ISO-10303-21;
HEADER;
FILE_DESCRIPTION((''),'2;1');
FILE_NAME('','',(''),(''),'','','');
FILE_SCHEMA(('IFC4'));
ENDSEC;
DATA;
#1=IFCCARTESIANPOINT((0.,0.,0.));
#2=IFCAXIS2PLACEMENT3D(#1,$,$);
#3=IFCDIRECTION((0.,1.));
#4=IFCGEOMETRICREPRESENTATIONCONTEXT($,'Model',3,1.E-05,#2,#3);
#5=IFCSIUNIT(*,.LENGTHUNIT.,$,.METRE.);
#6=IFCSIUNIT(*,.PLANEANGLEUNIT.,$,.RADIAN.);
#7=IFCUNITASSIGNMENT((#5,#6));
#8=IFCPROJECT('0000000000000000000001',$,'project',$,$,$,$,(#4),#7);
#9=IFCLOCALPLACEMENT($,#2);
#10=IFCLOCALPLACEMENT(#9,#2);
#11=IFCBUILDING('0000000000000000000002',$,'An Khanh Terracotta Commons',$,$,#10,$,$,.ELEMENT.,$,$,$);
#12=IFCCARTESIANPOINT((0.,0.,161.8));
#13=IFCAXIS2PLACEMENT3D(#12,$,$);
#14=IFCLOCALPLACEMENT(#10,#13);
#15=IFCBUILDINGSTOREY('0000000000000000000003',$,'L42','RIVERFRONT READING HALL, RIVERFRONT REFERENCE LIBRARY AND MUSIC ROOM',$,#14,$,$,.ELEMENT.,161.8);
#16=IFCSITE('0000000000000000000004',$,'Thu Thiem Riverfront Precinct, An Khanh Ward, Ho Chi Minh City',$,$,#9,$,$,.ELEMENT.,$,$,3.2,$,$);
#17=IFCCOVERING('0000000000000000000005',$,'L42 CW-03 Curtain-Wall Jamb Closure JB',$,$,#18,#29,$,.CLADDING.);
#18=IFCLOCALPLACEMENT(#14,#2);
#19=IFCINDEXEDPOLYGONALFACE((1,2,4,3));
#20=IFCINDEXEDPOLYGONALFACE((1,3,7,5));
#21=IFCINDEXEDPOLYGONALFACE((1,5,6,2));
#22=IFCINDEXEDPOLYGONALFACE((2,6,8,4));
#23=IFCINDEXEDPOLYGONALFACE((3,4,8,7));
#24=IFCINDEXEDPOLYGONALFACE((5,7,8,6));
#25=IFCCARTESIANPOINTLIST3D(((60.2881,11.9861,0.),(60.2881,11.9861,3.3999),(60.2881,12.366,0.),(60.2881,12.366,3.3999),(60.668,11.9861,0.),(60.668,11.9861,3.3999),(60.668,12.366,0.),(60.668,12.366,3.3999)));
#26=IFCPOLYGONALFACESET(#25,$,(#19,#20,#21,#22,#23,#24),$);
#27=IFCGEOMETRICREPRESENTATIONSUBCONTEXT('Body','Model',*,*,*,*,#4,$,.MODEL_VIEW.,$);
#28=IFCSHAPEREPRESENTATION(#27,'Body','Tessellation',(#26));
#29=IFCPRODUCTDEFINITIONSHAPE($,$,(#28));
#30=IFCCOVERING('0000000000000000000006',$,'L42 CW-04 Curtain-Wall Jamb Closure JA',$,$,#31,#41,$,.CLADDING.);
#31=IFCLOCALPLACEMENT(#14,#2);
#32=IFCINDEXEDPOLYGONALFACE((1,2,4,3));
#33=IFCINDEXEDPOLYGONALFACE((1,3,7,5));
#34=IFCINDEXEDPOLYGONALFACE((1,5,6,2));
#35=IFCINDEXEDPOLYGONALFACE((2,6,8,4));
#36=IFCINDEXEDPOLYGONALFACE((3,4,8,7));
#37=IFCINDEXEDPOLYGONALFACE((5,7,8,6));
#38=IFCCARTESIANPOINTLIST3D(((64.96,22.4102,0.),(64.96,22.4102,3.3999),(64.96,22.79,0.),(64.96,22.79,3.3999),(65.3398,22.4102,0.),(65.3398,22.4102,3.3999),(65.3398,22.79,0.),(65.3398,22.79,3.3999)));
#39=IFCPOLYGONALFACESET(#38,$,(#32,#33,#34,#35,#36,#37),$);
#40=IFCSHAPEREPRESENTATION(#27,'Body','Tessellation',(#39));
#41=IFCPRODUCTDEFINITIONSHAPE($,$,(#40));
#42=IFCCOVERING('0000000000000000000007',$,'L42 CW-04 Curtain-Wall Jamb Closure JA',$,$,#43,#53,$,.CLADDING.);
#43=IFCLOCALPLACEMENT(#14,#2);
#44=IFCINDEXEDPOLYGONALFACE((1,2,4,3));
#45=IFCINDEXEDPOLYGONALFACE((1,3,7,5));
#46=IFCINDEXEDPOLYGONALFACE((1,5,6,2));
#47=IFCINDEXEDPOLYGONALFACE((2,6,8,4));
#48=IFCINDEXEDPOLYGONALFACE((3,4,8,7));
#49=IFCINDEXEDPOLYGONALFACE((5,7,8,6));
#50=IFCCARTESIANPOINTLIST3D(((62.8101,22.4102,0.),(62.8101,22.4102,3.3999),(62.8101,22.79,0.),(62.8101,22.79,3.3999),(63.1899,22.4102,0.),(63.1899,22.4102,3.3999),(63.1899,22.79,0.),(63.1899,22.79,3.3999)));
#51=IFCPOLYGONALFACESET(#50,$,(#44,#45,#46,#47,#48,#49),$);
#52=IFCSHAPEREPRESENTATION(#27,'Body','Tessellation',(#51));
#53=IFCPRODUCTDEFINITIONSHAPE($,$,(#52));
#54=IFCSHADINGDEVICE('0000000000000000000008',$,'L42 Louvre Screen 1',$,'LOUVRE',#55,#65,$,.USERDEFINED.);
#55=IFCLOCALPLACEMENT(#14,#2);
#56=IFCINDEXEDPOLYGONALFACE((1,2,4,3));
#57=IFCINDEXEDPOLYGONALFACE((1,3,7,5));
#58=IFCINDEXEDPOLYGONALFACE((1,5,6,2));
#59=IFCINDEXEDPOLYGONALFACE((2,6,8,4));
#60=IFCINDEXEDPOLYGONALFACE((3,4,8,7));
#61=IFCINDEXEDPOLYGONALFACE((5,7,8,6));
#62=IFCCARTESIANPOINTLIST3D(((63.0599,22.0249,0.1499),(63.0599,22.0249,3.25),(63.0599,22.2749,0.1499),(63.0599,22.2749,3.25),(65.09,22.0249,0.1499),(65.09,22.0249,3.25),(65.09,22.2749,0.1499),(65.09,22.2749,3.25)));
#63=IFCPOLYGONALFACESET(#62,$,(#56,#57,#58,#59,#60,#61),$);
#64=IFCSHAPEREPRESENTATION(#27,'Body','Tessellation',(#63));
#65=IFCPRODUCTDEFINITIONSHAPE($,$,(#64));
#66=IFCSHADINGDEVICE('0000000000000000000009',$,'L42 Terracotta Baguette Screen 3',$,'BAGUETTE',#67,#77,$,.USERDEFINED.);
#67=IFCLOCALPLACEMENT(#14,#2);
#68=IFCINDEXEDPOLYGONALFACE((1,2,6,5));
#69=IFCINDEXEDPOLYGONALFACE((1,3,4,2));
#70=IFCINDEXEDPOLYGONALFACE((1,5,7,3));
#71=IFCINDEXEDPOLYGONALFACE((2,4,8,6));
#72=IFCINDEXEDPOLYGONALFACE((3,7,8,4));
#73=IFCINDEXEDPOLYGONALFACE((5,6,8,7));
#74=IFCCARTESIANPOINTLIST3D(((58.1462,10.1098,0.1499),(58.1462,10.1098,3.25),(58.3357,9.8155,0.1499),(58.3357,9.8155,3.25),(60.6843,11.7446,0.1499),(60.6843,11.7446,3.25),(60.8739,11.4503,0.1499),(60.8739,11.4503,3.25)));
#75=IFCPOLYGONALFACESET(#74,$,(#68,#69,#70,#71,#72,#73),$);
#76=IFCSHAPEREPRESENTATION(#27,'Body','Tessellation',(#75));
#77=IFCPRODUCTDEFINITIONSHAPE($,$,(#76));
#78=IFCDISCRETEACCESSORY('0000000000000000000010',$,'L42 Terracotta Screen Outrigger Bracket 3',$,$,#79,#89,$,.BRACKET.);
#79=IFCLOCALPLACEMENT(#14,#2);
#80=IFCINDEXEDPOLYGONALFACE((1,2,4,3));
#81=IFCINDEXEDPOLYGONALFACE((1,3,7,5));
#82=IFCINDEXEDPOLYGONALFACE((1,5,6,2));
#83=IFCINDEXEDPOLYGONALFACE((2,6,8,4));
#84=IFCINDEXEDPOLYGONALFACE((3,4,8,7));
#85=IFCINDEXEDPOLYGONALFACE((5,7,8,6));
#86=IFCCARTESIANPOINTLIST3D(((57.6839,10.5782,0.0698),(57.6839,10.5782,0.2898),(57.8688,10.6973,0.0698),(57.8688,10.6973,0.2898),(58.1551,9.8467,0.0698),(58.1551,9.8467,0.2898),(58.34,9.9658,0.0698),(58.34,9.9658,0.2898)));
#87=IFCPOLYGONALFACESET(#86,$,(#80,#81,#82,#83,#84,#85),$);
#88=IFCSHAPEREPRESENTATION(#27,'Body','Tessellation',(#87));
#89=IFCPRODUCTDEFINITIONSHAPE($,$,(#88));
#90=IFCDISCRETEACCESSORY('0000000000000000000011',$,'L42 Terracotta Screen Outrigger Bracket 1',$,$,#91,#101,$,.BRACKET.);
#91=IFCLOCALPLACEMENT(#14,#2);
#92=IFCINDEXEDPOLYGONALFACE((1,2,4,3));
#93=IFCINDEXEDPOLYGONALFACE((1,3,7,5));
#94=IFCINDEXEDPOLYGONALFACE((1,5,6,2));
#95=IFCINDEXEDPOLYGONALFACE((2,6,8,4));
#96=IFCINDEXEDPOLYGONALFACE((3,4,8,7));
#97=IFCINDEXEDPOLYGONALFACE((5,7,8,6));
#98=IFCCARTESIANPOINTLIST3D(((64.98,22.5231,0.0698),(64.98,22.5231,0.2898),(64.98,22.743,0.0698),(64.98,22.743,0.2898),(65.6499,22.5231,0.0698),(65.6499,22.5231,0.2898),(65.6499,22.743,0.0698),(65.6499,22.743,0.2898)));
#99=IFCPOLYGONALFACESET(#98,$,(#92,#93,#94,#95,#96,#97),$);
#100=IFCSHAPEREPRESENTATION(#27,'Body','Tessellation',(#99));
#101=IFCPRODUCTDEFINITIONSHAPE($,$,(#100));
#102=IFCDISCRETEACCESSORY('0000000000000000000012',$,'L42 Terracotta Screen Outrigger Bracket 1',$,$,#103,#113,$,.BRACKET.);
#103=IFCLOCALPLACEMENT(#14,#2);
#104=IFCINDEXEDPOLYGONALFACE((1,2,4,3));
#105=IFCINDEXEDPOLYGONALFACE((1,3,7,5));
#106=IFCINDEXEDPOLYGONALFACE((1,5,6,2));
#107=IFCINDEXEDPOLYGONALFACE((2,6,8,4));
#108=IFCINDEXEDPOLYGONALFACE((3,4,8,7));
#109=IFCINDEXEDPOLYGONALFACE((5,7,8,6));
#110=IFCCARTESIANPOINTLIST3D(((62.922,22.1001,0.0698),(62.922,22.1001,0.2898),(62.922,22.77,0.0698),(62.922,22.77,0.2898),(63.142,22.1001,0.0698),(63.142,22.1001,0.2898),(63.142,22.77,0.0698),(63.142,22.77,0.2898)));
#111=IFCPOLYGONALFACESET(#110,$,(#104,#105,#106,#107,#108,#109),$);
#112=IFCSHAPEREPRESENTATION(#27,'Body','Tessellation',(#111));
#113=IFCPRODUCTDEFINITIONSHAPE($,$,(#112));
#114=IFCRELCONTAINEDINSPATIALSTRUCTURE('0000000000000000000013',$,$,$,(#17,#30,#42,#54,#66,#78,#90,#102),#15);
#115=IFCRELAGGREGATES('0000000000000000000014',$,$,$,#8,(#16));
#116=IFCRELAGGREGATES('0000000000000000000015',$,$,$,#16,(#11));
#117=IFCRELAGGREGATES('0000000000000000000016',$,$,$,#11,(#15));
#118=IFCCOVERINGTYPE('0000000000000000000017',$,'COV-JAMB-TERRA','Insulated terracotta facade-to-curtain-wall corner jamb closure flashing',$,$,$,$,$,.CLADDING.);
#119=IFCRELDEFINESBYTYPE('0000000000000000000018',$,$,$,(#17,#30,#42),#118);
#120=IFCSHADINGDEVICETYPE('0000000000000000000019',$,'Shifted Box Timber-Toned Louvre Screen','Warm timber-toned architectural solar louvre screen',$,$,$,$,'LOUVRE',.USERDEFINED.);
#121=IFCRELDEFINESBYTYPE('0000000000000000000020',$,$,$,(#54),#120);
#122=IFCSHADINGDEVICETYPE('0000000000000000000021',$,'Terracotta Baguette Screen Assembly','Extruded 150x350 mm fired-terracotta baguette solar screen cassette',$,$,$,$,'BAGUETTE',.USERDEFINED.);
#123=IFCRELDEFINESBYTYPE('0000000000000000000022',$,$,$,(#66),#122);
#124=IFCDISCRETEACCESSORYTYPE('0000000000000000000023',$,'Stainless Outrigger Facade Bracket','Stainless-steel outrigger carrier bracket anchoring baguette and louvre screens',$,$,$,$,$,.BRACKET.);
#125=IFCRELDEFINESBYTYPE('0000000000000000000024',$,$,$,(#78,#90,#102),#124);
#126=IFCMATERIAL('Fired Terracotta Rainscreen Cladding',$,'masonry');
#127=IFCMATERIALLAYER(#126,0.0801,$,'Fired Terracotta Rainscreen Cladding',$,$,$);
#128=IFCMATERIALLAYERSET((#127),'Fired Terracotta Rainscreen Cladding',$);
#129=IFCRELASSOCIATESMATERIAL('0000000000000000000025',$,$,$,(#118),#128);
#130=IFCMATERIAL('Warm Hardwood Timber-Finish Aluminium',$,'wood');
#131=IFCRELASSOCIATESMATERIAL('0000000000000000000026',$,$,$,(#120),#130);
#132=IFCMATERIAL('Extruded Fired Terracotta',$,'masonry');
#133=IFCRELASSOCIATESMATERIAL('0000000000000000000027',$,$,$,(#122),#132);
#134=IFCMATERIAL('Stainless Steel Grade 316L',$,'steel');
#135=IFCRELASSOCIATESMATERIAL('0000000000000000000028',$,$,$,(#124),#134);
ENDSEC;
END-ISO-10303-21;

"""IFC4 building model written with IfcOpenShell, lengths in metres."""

from ifc_helpers import new_model, si_unit, direction, frame, origin, origin_2d, place, context, subcontext, project, spatial, rectangle, extrude, material, layer, layer_set, type_object, element, save


model = new_model("IFC4")

# Units and contexts
model_context = context("Model", 3, precision=1e-05, world=origin(), true_north=direction((0.0, 1.0)))
body_context = subcontext(model_context, "Body", "Model", "MODEL_VIEW")
ifc_project = project(units=[si_unit("LENGTHUNIT", "METRE"), si_unit("PLANEANGLEUNIT", "RADIAN")], contexts=[model_context])

# Site, building, storey
site_placement = place(None, origin())
site = spatial("IfcSite", under=ifc_project, at=site_placement, Name="Thu Thiem Riverfront Precinct, An Khanh Ward, Ho Chi Minh City", CompositionType="ELEMENT", RefElevation=3.2)
building_placement = place(site_placement, origin())
building = spatial("IfcBuilding", under=site, at=building_placement, Name="An Khanh Terracotta Commons", CompositionType="ELEMENT")
storey_placement = place(building_placement, frame((0.0, 0.0, 161.8)))
storey = spatial("IfcBuildingStorey", under=building, at=storey_placement, Name="L42", Description="RIVERFRONT READING HALL, RIVERFRONT REFERENCE LIBRARY AND MUSIC ROOM", CompositionType="ELEMENT", Elevation=161.8)

# Coverings
ifc_material_1 = material(Name="Fired Terracotta Rainscreen Cladding", Category="masonry")
ifc_layer_1 = layer(ifc_material_1, 0.0801, Name="Fired Terracotta Rainscreen Cladding")
ifc_layer_set_1 = layer_set([ifc_layer_1], Name="Fired Terracotta Rainscreen Cladding")
covering_type = type_object("IfcCoveringType", Name="COV-JAMB-TERRA", Description="Insulated terracotta facade-to-curtain-wall corner jamb closure flashing", PredefinedType="CLADDING", material=ifc_layer_set_1)
for number, where, z_axis, x_axis, name in (
    (1, (60.478, 12.176, 0.0), (0.0, 0.0, 1.0), (1.0, 0.0, 0.0), "L42 CW-03 Curtain-Wall Jamb Closure JB"),
    (2, (65.1499, 22.6001, 0.0), (0.0, 0.0, 1.0), (1.0, 0.0, 0.0), "L42 CW-04 Curtain-Wall Jamb Closure JA"),
    (3, (63.0, 22.6001, 0.0), (0.0, 0.0, 1.0), (1.0, 0.0, 0.0), "L42 CW-04 Curtain-Wall Jamb Closure JA"),
):
    element("IfcCovering", number, at=place(storey_placement, frame(where, z_axis=z_axis, x_axis=x_axis)), inside=storey, type_object=covering_type, Name=name, PredefinedType="CLADDING", context=body_context, shape_type="SweptSolid", body=[
        extrude(rectangle(XDim=0.3799, YDim=0.3799, at=origin_2d()), origin(), (0.0, 0.0, 1.0), 3.3999),
    ])

# Shading devices
ifc_material_2 = material(Name="Warm Hardwood Timber-Finish Aluminium", Category="wood")
shading_device_type_1 = type_object("IfcShadingDeviceType", Name="Shifted Box Timber-Toned Louvre Screen", Description="Warm timber-toned architectural solar louvre screen", ElementType="LOUVRE", PredefinedType="USERDEFINED", material=ifc_material_2)
shading_device_1_placement = place(storey_placement, frame((64.075, 22.1499, 0.1499), z_axis=(0.0, 0.0, 1.0), x_axis=(1.0, 0.0, 0.0)))
element("IfcShadingDevice", 4, at=shading_device_1_placement, inside=storey, type_object=shading_device_type_1, Name="L42 Louvre Screen 1", ObjectType="LOUVRE", PredefinedType="USERDEFINED", context=body_context, shape_type="SweptSolid", body=[
    extrude(rectangle(XDim=2.03, YDim=0.25, at=origin_2d()), origin(), (0.0, 0.0, 1.0), 3.1001),
])
ifc_material_3 = material(Name="Extruded Fired Terracotta", Category="masonry")
shading_device_type_2 = type_object("IfcShadingDeviceType", Name="Terracotta Baguette Screen Assembly", Description="Extruded 150x350 mm fired-terracotta baguette solar screen cassette", ElementType="BAGUETTE", PredefinedType="USERDEFINED", material=ifc_material_3)
shading_device_2_placement = place(storey_placement, frame((59.51, 10.78, 0.1499), z_axis=(0.0, 0.0, 1.0), x_axis=(0.840702, 0.541498, 0.0)))
element("IfcShadingDevice", 5, at=shading_device_2_placement, inside=storey, type_object=shading_device_type_2, Name="L42 Terracotta Baguette Screen 3", ObjectType="BAGUETTE", PredefinedType="USERDEFINED", context=body_context, shape_type="SweptSolid", body=[
    extrude(rectangle(XDim=3.019, YDim=0.3501, at=origin_2d()), origin(), (0.0, 0.0, 1.0), 3.1001),
])

# Discrete accessories
ifc_material_4 = material(Name="Stainless Steel Grade 316L", Category="steel")
discrete_accessory_type = type_object("IfcDiscreteAccessoryType", Name="Stainless Outrigger Facade Bracket", Description="Stainless-steel outrigger carrier bracket anchoring baguette and louvre screens", PredefinedType="BRACKET", material=ifc_material_4)
discrete_accessory_placement = place(storey_placement, frame((58.012, 10.272, 0.0698), z_axis=(0.0, 0.0, 1.0), x_axis=(0.840702, 0.541498, 0.0)))
element("IfcDiscreteAccessory", 6, at=discrete_accessory_placement, inside=storey, type_object=discrete_accessory_type, Name="L42 Terracotta Screen Outrigger Bracket 3", PredefinedType="BRACKET", context=body_context, shape_type="SweptSolid", body=[
    extrude(rectangle(XDim=0.22, YDim=0.8701, at=origin_2d()), origin(), (0.0, 0.0, 1.0), 0.22),
])
for number, where, z_axis, x_axis, name in (
    (7, (65.3149, 22.6331, 0.0698), (0.0, 0.0, 1.0), (0.0, 1.0, 0.0), "L42 Terracotta Screen Outrigger Bracket 1"),
    (8, (63.032, 22.4351, 0.0698), (0.0, 0.0, 1.0), (1.0, 0.0, 0.0), "L42 Terracotta Screen Outrigger Bracket 1"),
):
    element("IfcDiscreteAccessory", number, at=place(storey_placement, frame(where, z_axis=z_axis, x_axis=x_axis)), inside=storey, type_object=discrete_accessory_type, Name=name, PredefinedType="BRACKET", context=body_context, shape_type="SweptSolid", body=[
        extrude(rectangle(XDim=0.22, YDim=0.6699, at=origin_2d()), origin(), (0.0, 0.0, 1.0), 0.22),
    ])

save(model, "model.ifc")
